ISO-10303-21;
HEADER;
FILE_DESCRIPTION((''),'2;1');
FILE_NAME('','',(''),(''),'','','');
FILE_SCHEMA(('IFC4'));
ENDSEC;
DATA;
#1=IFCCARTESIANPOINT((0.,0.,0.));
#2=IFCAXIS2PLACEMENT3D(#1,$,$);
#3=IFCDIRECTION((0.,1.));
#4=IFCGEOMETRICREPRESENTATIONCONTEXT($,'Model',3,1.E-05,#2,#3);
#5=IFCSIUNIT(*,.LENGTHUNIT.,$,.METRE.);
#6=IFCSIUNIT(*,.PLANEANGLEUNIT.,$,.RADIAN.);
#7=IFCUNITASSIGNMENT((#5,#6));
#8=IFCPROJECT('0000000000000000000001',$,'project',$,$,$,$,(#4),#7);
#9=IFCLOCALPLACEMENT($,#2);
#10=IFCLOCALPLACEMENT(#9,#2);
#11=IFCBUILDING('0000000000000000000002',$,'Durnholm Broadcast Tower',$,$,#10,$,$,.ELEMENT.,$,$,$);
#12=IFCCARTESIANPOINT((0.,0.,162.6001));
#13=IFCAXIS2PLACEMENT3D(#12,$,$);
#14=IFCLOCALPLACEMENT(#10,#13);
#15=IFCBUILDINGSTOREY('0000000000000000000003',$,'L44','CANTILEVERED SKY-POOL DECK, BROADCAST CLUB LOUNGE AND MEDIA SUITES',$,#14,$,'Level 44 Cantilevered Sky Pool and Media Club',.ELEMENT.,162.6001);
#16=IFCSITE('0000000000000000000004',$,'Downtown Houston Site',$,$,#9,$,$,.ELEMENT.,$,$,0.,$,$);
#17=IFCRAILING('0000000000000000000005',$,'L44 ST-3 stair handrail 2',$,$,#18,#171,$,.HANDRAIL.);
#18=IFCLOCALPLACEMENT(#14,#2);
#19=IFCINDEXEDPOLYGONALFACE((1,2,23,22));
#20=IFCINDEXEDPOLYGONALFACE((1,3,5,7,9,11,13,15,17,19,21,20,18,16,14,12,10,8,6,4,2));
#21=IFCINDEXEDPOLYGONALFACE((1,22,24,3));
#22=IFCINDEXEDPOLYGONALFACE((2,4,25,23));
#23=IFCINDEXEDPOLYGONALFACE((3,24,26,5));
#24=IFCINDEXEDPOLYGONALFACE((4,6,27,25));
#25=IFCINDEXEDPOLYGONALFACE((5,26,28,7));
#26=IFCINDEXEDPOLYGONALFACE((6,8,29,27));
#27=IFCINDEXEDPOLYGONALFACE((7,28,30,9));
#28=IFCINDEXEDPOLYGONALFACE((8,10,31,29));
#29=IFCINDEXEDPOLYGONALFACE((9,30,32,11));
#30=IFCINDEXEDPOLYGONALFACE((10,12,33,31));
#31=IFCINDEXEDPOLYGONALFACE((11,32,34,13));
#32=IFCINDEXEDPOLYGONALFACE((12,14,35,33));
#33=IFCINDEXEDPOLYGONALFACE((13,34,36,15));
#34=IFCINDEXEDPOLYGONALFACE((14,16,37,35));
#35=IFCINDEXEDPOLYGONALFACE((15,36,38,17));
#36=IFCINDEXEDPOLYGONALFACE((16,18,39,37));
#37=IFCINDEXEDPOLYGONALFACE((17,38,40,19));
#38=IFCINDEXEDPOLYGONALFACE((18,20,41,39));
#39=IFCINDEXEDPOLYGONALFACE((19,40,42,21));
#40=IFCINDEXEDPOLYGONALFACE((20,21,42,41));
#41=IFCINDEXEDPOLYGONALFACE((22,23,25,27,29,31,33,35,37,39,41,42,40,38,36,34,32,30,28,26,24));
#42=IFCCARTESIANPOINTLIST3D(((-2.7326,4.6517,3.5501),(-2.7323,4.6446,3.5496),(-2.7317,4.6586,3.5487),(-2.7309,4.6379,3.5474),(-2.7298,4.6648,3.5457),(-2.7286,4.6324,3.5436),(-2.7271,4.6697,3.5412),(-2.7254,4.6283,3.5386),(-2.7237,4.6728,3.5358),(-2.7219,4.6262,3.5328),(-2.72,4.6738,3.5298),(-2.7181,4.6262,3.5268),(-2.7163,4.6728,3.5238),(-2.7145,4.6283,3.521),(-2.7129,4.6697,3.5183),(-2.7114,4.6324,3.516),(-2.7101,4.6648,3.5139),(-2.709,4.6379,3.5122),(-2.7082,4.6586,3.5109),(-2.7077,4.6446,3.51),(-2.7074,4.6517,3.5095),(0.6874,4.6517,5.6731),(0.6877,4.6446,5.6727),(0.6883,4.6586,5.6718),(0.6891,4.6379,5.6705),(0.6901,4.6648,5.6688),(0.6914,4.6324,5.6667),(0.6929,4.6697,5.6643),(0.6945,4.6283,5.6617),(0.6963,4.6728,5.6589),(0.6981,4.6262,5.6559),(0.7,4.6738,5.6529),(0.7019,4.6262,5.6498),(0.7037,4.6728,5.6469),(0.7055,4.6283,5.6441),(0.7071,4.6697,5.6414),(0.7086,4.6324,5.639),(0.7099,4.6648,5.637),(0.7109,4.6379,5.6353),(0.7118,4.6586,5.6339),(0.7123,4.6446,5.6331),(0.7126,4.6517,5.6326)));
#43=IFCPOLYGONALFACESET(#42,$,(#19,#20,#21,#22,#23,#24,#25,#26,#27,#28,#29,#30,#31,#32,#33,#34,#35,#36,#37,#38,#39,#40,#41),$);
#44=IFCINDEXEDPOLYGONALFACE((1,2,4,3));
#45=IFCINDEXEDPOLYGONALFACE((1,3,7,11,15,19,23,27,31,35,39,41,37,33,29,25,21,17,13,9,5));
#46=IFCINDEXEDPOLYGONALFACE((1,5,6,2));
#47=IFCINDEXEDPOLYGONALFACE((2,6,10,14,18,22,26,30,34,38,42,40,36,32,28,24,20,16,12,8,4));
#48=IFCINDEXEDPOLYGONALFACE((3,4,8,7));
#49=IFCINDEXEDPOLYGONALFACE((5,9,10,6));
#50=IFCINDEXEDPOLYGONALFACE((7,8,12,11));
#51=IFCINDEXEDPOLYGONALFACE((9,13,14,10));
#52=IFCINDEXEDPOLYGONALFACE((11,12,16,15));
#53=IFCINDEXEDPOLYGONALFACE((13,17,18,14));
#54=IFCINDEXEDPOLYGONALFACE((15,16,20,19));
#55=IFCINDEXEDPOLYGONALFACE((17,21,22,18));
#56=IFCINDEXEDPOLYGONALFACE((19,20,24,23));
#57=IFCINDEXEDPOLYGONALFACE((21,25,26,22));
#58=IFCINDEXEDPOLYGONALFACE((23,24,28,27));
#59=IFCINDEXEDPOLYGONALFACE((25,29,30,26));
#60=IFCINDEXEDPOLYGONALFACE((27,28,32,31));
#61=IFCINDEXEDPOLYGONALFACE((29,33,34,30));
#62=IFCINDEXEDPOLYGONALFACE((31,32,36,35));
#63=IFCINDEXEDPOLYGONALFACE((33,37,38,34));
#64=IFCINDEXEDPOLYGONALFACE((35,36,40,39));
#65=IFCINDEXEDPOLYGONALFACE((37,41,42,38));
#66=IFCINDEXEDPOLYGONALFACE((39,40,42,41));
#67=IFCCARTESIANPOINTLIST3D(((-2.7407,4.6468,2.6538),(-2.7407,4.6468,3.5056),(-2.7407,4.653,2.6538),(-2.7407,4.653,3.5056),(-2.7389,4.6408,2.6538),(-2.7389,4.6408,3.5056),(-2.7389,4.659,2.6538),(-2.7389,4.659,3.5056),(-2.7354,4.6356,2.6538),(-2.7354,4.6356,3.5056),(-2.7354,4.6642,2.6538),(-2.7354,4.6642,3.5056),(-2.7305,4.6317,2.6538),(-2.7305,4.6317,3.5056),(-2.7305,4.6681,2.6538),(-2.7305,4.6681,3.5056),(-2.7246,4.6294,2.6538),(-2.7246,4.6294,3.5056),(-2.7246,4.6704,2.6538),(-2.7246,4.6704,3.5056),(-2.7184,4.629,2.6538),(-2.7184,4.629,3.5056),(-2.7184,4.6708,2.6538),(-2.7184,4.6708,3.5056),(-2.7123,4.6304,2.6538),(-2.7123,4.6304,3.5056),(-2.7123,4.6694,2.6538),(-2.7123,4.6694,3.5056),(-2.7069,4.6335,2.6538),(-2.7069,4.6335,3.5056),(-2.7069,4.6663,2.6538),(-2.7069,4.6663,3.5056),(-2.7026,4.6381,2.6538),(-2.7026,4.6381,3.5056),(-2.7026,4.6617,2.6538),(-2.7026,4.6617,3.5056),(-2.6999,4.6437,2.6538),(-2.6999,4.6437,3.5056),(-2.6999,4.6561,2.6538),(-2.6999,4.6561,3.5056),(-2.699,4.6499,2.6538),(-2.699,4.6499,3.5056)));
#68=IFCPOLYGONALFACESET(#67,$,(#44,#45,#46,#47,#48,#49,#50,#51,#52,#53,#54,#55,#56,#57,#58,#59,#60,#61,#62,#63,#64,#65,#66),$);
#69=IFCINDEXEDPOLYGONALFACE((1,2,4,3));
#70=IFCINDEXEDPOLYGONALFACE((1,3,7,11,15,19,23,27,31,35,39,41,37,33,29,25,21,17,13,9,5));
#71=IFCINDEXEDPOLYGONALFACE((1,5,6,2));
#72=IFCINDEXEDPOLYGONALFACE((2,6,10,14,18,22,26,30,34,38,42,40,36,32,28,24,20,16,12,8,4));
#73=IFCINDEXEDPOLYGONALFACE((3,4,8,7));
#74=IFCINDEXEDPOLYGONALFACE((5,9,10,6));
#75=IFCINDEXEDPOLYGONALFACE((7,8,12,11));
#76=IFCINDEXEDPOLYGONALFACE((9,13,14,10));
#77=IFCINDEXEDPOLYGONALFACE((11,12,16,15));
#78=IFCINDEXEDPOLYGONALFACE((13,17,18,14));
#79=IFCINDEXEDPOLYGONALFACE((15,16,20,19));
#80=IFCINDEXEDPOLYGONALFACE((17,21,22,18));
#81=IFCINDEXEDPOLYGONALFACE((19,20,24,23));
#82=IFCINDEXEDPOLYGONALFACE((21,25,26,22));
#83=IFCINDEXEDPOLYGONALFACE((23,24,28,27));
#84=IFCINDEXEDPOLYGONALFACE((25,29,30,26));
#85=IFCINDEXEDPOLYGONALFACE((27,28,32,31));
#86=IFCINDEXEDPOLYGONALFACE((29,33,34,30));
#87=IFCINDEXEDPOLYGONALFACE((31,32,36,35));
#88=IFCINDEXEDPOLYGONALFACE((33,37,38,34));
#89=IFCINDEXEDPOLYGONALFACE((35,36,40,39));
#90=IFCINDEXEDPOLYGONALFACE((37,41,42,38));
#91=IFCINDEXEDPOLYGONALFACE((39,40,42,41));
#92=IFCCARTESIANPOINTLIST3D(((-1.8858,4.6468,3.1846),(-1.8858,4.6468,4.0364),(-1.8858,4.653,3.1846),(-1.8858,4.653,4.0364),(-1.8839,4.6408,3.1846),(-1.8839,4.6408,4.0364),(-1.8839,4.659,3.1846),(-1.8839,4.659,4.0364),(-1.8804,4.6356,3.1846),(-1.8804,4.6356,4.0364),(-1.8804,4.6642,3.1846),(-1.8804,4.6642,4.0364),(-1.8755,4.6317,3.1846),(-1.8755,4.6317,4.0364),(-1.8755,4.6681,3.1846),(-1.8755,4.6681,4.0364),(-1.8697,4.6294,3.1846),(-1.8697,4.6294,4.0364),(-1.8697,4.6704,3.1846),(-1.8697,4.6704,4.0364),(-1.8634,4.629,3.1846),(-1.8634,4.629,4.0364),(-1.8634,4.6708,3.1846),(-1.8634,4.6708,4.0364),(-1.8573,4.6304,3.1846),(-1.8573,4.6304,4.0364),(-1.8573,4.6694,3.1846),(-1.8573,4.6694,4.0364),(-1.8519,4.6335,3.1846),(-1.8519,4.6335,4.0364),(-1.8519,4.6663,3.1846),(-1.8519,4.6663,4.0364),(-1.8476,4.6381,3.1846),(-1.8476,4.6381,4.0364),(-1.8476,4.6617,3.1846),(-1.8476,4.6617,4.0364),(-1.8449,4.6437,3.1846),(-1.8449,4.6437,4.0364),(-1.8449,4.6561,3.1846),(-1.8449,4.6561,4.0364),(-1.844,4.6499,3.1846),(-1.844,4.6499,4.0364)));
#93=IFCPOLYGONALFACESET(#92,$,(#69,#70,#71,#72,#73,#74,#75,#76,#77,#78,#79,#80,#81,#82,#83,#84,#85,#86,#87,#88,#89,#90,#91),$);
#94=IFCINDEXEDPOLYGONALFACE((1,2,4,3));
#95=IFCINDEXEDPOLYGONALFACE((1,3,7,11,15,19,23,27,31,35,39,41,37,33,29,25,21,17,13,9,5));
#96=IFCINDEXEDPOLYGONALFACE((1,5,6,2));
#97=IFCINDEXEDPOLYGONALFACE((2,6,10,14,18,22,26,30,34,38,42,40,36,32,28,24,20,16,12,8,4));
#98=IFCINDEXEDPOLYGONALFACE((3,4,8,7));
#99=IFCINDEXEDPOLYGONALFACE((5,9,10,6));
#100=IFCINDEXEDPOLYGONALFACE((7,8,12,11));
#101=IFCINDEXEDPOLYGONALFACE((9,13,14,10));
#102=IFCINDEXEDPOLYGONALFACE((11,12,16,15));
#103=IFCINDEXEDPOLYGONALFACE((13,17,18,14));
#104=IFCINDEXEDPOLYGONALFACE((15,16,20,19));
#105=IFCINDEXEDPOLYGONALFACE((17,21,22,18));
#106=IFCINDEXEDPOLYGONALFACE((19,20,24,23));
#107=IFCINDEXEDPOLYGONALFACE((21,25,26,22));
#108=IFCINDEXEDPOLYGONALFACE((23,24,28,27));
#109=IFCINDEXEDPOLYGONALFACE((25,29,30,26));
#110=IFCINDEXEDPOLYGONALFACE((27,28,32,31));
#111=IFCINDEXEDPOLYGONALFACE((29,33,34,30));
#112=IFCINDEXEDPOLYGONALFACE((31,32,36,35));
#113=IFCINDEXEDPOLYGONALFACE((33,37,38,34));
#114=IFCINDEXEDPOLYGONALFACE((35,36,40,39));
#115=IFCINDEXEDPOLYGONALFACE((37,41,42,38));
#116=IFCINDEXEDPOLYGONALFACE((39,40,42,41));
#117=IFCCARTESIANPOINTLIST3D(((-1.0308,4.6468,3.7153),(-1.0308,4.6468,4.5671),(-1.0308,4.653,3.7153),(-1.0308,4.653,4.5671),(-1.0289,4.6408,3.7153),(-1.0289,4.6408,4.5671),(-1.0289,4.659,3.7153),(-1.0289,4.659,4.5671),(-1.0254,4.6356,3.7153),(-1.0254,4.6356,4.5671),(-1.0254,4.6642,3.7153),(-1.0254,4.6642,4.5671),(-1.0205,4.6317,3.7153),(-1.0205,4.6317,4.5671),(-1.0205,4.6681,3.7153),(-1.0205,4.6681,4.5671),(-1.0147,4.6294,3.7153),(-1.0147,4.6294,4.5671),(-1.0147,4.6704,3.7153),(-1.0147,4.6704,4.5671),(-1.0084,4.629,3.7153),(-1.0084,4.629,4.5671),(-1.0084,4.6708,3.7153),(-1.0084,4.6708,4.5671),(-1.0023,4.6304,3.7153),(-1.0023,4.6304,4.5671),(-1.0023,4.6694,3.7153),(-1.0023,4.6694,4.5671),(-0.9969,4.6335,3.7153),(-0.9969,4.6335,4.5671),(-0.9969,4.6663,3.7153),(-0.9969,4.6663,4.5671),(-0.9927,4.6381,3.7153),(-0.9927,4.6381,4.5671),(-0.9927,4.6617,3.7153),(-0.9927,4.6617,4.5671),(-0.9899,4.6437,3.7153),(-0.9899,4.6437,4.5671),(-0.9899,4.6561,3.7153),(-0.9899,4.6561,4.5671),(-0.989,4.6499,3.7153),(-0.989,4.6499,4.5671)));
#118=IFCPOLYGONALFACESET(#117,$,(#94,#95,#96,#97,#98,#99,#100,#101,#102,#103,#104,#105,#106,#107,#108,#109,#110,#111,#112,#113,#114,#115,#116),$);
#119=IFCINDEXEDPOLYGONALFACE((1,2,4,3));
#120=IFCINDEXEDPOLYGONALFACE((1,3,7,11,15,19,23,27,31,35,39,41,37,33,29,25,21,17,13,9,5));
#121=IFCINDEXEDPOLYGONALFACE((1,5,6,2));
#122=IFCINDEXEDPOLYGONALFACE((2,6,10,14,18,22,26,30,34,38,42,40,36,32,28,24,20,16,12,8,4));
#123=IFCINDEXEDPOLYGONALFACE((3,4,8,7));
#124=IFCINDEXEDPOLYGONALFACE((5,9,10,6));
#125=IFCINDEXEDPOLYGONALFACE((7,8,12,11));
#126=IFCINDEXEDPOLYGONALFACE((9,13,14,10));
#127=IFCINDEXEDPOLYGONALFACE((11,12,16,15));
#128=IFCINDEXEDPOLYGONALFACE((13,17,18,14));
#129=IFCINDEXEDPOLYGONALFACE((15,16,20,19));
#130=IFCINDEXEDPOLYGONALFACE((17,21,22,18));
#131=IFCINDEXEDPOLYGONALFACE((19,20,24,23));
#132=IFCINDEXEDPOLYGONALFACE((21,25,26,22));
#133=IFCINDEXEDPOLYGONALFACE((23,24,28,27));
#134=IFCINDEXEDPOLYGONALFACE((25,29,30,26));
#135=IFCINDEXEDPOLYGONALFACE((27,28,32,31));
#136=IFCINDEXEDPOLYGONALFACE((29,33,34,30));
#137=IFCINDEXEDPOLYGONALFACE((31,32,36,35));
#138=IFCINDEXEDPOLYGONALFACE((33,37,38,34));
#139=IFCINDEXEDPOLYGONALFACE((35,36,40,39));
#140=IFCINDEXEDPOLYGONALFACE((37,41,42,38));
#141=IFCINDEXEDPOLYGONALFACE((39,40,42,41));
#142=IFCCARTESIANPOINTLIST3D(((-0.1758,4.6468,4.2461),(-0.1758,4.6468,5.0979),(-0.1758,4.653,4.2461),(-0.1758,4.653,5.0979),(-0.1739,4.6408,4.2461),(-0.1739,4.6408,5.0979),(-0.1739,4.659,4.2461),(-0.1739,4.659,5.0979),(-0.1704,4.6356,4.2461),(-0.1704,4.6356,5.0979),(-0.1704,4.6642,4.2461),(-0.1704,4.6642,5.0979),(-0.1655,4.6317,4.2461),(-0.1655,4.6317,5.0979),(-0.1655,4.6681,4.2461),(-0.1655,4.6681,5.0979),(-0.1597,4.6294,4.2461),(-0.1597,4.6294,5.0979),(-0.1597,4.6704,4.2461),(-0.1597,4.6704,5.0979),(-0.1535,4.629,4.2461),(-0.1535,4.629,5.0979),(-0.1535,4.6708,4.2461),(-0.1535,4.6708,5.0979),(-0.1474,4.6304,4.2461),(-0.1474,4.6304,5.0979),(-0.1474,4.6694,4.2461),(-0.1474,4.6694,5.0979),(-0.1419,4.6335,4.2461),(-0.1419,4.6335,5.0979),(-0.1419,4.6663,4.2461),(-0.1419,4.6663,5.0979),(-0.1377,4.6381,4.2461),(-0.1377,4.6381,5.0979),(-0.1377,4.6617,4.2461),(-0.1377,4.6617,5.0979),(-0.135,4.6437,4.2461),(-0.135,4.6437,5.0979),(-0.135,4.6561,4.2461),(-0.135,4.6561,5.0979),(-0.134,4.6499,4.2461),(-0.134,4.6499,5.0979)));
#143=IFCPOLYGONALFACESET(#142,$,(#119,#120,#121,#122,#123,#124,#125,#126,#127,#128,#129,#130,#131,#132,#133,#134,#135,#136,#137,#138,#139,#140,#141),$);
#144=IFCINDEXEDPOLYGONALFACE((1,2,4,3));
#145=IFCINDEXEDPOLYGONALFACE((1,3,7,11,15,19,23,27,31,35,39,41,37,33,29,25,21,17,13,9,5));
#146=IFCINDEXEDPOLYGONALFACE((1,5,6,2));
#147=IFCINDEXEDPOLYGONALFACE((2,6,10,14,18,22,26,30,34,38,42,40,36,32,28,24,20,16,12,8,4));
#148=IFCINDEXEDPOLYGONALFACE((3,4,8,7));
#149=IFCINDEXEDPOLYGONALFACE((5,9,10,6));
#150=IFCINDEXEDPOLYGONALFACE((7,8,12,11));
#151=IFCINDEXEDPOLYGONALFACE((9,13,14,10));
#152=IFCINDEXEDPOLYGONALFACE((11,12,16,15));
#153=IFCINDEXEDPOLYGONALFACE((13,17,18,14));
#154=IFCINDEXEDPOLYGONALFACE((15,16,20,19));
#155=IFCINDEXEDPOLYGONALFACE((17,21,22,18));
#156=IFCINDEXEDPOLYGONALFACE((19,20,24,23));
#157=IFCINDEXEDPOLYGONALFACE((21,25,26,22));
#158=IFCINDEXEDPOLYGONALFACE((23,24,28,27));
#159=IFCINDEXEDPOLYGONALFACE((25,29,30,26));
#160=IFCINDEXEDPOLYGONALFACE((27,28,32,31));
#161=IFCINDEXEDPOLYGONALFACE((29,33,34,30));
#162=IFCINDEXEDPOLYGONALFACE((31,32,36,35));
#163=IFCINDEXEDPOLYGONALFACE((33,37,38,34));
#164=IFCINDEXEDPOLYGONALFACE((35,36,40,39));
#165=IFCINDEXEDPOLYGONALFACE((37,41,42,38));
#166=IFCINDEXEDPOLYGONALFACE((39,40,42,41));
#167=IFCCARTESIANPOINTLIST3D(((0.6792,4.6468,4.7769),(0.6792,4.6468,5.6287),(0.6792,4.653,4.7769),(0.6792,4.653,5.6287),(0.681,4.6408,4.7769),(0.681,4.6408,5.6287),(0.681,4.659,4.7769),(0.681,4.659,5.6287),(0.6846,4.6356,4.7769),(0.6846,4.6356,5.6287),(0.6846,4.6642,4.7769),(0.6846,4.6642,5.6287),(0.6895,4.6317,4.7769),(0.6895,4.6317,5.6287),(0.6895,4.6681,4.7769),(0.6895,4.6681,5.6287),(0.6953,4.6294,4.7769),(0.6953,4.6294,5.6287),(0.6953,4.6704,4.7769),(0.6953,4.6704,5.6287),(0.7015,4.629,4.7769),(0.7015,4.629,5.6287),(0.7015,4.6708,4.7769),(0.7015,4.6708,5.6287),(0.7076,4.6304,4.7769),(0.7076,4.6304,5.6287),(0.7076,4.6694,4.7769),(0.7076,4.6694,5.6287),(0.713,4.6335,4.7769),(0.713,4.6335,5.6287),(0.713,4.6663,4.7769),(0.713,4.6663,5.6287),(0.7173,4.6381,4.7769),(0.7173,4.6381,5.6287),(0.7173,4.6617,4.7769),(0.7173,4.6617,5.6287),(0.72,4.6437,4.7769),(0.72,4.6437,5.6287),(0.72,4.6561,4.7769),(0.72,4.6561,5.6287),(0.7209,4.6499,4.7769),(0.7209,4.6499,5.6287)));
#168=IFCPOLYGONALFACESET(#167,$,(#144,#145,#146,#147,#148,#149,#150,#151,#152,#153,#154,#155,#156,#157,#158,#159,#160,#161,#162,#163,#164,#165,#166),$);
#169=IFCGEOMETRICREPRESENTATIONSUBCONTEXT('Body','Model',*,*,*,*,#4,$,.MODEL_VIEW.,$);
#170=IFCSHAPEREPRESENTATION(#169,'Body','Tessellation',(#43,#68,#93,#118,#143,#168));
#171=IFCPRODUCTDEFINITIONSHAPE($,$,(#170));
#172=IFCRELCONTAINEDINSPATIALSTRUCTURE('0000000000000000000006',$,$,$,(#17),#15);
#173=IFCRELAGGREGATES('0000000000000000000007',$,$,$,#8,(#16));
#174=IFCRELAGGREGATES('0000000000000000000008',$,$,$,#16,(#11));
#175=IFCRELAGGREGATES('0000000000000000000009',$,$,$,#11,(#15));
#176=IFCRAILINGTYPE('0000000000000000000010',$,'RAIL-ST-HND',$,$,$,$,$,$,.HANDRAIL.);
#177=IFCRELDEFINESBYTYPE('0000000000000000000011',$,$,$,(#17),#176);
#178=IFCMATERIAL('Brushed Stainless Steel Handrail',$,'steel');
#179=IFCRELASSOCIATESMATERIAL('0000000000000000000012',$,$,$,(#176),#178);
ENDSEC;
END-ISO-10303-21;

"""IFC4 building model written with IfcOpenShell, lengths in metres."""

from ifc_helpers import new_model, si_unit, direction, frame, origin, origin_2d, place, context, subcontext, project, spatial, circle, extrude, material, type_object, element, save


model = new_model("IFC4")

# Units and contexts
model_context = context("Model", 3, precision=1e-05, world=origin(), true_north=direction((0.0, 1.0)))
body_context = subcontext(model_context, "Body", "Model", "MODEL_VIEW")
ifc_project = project(units=[si_unit("LENGTHUNIT", "METRE"), si_unit("PLANEANGLEUNIT", "RADIAN")], contexts=[model_context])

# Site, building, storey
site_placement = place(None, origin())
site = spatial("IfcSite", under=ifc_project, at=site_placement, Name="Downtown Houston Site", CompositionType="ELEMENT", RefElevation=0.0)
building_placement = place(site_placement, origin())
building = spatial("IfcBuilding", under=site, at=building_placement, Name="Durnholm Broadcast Tower", CompositionType="ELEMENT")
storey_placement = place(building_placement, frame((0.0, 0.0, 162.6001)))
storey = spatial("IfcBuildingStorey", under=building, at=storey_placement, Name="L44", Description="CANTILEVERED SKY-POOL DECK, BROADCAST CLUB LOUNGE AND MEDIA SUITES", LongName="Level 44 Cantilevered Sky Pool and Media Club", CompositionType="ELEMENT", Elevation=162.6001)

# Railing
ifc_material_1 = material(Name="Brushed Stainless Steel Handrail", Category="steel")
railing_type_1 = type_object("IfcRailingType", Name="RAIL-ST-HND", PredefinedType="HANDRAIL", material=ifc_material_1)
railing_1_placement = place(storey_placement, frame((-2.72, 4.6499, 2.6538)))
element("IfcRailing", 1, at=railing_1_placement, inside=storey, type_object=railing_type_1, Name="L44 ST-3 stair handrail 2", PredefinedType="HANDRAIL", context=body_context, shape_type="SweptSolid", body=[
    extrude(circle(Radius=0.0239, at=origin_2d()), frame((0.0, 0.0, 0.876), z_axis=(0.849603, 0.0, 0.527423), x_axis=(0.0, 1.0, 0.0)), (0.0, 0.0, 1.0), 4.0254),
    extrude(circle(Radius=0.021, at=origin_2d()), origin(), (0.0, 0.0, 1.0), 0.8518),
    extrude(circle(Radius=0.021, at=origin_2d()), frame((0.855, 0.0, 0.5308)), (0.0, 0.0, 1.0), 0.8518),
    extrude(circle(Radius=0.021, at=origin_2d()), frame((1.71, 0.0, 1.0615)), (0.0, 0.0, 1.0), 0.8518),
    extrude(circle(Radius=0.021, at=origin_2d()), frame((2.5649, 0.0, 1.5923)), (0.0, 0.0, 1.0), 0.8518),
    extrude(circle(Radius=0.021, at=origin_2d()), frame((3.4199, 0.0, 2.123)), (0.0, 0.0, 1.0), 0.8518),
])

save(model, "model.ifc")
